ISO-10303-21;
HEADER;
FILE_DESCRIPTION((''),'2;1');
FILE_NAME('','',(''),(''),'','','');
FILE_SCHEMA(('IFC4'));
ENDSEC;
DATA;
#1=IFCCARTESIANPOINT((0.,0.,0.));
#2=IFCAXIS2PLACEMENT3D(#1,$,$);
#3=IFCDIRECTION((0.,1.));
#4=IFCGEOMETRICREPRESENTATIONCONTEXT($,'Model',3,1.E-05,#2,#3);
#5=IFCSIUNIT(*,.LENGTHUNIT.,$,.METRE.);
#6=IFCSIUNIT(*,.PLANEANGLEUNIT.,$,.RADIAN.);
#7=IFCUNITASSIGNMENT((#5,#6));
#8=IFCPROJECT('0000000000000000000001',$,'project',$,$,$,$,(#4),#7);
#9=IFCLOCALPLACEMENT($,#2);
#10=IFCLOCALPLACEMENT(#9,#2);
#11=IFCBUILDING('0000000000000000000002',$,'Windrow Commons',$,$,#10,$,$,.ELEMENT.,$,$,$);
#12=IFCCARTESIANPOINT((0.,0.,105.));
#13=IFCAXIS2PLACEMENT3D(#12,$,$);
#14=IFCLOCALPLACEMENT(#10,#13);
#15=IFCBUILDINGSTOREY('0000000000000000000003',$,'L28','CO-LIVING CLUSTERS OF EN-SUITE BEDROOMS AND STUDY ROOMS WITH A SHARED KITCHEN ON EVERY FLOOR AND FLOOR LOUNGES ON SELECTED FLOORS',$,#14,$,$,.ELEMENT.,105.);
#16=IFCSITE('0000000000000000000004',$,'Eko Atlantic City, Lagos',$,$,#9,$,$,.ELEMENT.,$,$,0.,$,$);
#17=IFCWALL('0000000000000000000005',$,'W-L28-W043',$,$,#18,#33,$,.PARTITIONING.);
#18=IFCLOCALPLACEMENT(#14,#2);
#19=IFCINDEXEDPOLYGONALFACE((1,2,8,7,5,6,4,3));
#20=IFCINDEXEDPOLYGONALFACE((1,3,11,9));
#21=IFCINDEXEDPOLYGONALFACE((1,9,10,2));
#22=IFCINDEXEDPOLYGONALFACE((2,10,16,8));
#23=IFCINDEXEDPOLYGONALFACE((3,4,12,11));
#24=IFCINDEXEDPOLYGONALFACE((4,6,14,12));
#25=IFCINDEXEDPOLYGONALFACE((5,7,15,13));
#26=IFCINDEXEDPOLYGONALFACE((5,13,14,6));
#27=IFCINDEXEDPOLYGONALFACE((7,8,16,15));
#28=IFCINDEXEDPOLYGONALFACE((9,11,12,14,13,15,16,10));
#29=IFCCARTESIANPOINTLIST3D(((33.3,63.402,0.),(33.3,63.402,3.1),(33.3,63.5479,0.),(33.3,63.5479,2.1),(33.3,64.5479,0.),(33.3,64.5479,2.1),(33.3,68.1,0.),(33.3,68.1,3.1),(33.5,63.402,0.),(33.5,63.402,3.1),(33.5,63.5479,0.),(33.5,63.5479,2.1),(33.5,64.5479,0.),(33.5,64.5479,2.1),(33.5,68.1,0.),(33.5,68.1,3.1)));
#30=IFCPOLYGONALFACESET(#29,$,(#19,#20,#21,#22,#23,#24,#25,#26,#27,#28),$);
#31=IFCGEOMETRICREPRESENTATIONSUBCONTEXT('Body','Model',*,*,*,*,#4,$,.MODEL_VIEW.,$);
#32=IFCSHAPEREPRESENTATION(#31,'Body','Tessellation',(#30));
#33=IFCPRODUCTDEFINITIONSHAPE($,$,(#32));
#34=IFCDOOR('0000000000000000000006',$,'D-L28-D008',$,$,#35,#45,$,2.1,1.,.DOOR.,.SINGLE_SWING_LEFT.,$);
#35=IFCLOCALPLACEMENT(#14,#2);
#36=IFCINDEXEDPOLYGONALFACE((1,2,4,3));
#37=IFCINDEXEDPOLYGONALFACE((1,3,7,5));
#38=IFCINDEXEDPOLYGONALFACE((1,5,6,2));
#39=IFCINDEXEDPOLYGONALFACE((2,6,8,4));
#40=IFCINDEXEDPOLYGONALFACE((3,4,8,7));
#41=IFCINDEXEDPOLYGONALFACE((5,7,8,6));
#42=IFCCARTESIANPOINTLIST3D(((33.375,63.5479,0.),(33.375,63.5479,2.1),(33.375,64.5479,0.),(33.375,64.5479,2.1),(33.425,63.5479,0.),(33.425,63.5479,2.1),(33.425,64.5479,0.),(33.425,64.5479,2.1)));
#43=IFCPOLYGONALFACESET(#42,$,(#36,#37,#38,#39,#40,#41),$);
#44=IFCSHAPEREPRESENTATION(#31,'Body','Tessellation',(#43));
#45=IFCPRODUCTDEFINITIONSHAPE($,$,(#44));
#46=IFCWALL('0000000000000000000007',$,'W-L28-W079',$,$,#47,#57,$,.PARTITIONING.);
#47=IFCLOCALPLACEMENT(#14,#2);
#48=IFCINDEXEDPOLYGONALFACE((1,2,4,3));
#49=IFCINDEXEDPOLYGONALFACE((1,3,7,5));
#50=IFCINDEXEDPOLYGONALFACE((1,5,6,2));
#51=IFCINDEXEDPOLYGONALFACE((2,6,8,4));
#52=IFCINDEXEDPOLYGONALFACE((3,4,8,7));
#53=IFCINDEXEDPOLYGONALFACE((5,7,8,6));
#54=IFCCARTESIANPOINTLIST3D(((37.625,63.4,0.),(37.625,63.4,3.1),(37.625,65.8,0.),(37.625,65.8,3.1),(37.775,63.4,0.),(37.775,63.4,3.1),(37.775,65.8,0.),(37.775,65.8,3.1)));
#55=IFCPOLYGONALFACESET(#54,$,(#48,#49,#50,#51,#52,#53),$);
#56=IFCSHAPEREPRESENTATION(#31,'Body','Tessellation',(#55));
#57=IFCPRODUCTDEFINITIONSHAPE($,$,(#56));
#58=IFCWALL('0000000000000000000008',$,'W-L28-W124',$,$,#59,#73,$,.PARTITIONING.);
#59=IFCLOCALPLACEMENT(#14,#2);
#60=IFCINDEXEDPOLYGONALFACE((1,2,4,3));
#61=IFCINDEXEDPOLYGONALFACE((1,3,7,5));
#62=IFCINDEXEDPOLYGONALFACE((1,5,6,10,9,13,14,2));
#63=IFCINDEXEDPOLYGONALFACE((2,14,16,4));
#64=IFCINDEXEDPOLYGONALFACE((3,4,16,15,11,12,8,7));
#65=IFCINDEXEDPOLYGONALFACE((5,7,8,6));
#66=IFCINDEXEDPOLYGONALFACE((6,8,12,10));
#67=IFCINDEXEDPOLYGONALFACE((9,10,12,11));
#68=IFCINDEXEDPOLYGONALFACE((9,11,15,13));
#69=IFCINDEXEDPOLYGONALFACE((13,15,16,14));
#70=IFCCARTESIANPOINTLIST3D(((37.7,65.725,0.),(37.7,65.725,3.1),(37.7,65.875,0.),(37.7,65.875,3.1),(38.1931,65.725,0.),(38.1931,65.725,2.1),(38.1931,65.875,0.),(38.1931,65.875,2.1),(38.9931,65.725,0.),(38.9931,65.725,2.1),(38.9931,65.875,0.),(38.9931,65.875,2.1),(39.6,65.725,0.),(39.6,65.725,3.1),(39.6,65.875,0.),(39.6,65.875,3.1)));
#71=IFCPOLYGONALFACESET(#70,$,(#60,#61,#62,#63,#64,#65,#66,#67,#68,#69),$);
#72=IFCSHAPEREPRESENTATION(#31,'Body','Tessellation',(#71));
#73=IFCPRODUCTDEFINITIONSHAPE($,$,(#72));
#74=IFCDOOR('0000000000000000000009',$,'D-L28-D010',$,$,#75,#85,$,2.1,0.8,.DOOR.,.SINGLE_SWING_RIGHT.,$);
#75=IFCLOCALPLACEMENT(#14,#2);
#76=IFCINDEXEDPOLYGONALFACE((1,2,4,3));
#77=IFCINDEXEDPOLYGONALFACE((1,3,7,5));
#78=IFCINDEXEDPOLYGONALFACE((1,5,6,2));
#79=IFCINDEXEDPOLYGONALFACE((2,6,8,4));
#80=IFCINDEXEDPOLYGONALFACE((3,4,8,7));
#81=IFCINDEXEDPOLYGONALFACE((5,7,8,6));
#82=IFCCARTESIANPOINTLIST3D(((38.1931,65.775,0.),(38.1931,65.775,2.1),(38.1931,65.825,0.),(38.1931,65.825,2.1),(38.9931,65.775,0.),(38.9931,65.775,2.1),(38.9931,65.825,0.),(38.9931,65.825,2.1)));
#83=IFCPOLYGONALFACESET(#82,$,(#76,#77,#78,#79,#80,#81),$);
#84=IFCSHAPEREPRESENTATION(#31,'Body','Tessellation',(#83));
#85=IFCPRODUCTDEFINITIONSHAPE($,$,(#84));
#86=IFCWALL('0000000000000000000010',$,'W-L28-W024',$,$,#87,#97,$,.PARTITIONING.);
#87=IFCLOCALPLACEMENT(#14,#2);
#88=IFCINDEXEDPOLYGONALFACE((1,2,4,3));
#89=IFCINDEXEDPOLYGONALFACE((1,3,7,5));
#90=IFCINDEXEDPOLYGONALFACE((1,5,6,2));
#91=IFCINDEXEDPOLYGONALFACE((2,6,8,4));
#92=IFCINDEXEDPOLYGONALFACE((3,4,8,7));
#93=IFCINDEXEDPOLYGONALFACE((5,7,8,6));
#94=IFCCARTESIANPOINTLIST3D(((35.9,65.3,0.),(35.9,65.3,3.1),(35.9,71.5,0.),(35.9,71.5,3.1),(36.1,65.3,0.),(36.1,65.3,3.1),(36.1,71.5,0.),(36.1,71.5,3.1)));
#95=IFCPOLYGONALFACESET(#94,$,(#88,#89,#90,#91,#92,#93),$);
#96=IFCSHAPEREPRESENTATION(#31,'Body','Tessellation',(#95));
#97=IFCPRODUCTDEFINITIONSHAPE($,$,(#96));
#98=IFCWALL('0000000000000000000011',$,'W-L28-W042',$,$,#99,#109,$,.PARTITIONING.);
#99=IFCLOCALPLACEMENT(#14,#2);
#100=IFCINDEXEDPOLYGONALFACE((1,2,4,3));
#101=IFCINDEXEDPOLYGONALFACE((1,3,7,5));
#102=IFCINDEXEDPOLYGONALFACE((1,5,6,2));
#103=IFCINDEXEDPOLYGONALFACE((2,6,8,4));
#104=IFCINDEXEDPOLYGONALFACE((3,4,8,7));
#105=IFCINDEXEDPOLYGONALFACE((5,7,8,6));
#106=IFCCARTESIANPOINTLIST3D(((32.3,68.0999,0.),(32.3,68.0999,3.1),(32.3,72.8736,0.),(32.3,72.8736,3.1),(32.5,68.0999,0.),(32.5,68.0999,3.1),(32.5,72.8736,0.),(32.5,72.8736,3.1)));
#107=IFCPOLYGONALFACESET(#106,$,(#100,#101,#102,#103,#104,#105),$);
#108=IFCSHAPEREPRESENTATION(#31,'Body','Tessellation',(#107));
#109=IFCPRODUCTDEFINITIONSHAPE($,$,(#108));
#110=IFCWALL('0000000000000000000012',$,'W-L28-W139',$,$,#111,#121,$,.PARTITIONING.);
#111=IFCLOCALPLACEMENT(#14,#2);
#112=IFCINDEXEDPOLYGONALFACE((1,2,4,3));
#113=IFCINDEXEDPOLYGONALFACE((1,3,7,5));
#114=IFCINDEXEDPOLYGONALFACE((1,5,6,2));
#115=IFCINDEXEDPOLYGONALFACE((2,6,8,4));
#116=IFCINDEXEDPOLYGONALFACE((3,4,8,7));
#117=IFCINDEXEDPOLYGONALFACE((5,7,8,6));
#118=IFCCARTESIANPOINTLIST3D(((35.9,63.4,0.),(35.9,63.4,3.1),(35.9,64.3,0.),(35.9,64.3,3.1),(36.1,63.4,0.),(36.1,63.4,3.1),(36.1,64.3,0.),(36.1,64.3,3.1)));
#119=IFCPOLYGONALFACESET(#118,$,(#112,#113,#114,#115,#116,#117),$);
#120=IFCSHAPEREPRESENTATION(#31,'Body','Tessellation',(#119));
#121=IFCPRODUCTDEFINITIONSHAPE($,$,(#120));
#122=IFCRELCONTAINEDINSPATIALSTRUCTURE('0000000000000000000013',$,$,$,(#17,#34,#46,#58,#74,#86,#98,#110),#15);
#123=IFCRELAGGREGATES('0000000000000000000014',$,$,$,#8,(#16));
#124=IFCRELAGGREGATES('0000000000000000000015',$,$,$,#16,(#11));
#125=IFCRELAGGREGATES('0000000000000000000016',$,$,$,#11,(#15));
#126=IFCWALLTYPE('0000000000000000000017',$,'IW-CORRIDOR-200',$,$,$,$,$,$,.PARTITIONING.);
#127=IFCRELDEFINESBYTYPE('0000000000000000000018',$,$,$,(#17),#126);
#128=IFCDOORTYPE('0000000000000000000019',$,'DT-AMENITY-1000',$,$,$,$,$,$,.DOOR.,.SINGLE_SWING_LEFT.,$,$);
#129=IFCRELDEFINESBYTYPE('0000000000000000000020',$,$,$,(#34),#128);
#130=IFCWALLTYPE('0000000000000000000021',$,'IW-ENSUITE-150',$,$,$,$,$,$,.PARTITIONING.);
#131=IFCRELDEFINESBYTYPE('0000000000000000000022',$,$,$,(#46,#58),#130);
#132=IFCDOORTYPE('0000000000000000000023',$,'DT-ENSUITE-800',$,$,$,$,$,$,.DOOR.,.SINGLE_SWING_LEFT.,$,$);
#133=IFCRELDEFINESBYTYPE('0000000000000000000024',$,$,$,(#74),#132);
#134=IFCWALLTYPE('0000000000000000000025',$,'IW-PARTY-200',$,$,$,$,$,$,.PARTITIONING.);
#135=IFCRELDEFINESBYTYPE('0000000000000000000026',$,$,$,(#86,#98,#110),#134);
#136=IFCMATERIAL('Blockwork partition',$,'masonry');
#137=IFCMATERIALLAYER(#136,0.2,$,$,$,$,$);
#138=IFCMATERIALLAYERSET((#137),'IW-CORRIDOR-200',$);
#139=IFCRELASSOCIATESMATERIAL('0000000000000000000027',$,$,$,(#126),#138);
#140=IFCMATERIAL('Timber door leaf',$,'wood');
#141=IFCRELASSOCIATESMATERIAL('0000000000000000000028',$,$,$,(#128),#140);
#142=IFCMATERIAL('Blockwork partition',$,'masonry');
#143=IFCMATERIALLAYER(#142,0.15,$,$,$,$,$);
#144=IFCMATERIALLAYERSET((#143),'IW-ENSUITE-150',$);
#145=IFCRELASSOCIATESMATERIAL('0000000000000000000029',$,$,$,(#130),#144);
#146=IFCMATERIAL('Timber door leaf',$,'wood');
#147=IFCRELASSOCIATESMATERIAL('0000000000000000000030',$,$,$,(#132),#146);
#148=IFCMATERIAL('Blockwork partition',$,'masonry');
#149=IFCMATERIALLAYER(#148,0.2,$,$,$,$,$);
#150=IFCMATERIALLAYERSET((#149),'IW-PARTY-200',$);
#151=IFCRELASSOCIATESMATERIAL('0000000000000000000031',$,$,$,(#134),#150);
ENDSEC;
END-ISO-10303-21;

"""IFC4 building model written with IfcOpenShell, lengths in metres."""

from ifc_helpers import new_model, si_unit, direction, frame, frame_2d, origin, place, context, subcontext, project, spatial, rectangle, extrude, material, layer, layer_set, type_object, element, fill, save


model = new_model("IFC4")

# Units and contexts
model_context = context("Model", 3, precision=1e-05, world=origin(), true_north=direction((0.0, 1.0)))
body_context = subcontext(model_context, "Body", "Model", "MODEL_VIEW")
ifc_project = project(units=[si_unit("LENGTHUNIT", "METRE"), si_unit("PLANEANGLEUNIT", "RADIAN")], contexts=[model_context])

# Site, building, storey
site_placement = place(None, origin())
site = spatial("IfcSite", under=ifc_project, at=site_placement, Name="Eko Atlantic City, Lagos", CompositionType="ELEMENT", RefElevation=0.0)
building_placement = place(site_placement, origin())
building = spatial("IfcBuilding", under=site, at=building_placement, Name="Windrow Commons", CompositionType="ELEMENT")
storey_placement = place(building_placement, frame((0.0, 0.0, 105.0)))
storey = spatial("IfcBuildingStorey", under=building, at=storey_placement, Name="L28", Description="CO-LIVING CLUSTERS OF EN-SUITE BEDROOMS AND STUDY ROOMS WITH A SHARED KITCHEN ON EVERY FLOOR AND FLOOR LOUNGES ON SELECTED FLOORS", CompositionType="ELEMENT", Elevation=105.0)

# Shared definitions
ifc_material_1 = material(Name="Blockwork partition", Category="masonry")
ifc_layer_1 = layer(ifc_material_1, 0.2)
ifc_layer_set_1 = layer_set([ifc_layer_1], Name="IW-CORRIDOR-200")
wall_type_1 = type_object("IfcWallType", Name="IW-CORRIDOR-200", PredefinedType="PARTITIONING", material=ifc_layer_set_1)
ifc_material_2 = material(Name="Timber door leaf", Category="wood")
door_type_1 = type_object("IfcDoorType", Name="DT-AMENITY-1000", OperationType="SINGLE_SWING_LEFT", PredefinedType="DOOR", material=ifc_material_2)

# Wall, opening, door
wall_1_placement = place(storey_placement, frame((33.4, 63.402, 0.0), z_axis=(0.0, 0.0, 1.0), x_axis=(0.0, 1.0, 0.0)))
wall_1 = element("IfcWall", 1, at=wall_1_placement, inside=storey, type_object=wall_type_1, Name="W-L28-W043", PredefinedType="PARTITIONING", context=body_context, shape_type="SweptSolid", body=[
    extrude(rectangle(XDim=4.698, YDim=0.2, at=frame_2d((2.349, 0.0))), origin(), (0.0, 0.0, 1.0), 3.1),
])
opening_1_placement = place(wall_1_placement, frame((0.1459, 0.0, 0.0)))
opening_1 = element("IfcOpeningElement", 2, at=opening_1_placement, cuts=wall_1, PredefinedType="OPENING", context=body_context, shape_type="SweptSolid", body=[
    extrude(rectangle(XDim=1.0, YDim=2.1, at=frame_2d((0.5, 1.05))), frame((0.0, 0.11, 0.0), z_axis=(0.0, -1.0, 0.0), x_axis=(1.0, 0.0, 0.0)), (0.0, 0.0, 1.0), 0.22),
])
door_1_placement = place(opening_1_placement, origin())
door_1 = element("IfcDoor", 3, at=door_1_placement, inside=storey, type_object=door_type_1, Name="D-L28-D008", OperationType="SINGLE_SWING_LEFT", OverallHeight=2.1, OverallWidth=1.0, PredefinedType="DOOR", context=body_context, shape_type="SweptSolid", body=[
    extrude(rectangle(XDim=1.0, YDim=2.1, at=frame_2d((0.5, 1.05))), frame((0.0, 0.025, 0.0), z_axis=(0.0, -1.0, 0.0), x_axis=(1.0, 0.0, 0.0)), (0.0, 0.0, 1.0), 0.05),
])
fill(opening_1, door_1)

# Wall
ifc_material_3 = material(Name="Blockwork partition", Category="masonry")
ifc_layer_2 = layer(ifc_material_3, 0.15)
ifc_layer_set_2 = layer_set([ifc_layer_2], Name="IW-ENSUITE-150")
wall_type_2 = type_object("IfcWallType", Name="IW-ENSUITE-150", PredefinedType="PARTITIONING", material=ifc_layer_set_2)
wall_2_placement = place(storey_placement, frame((37.7, 63.4, 0.0), z_axis=(0.0, 0.0, 1.0), x_axis=(0.0, 1.0, 0.0)))
element("IfcWall", 4, at=wall_2_placement, inside=storey, type_object=wall_type_2, Name="W-L28-W079", PredefinedType="PARTITIONING", context=body_context, shape_type="SweptSolid", body=[
    extrude(rectangle(XDim=2.4, YDim=0.15, at=frame_2d((1.2, 0.0))), origin(), (0.0, 0.0, 1.0), 3.1),
])

# Wall, opening, door
wall_3_placement = place(storey_placement, frame((37.7, 65.8, 0.0), z_axis=(0.0, 0.0, 1.0), x_axis=(1.0, 0.0, 0.0)))
wall_3 = element("IfcWall", 5, at=wall_3_placement, inside=storey, type_object=wall_type_2, Name="W-L28-W124", PredefinedType="PARTITIONING", context=body_context, shape_type="SweptSolid", body=[
    extrude(rectangle(XDim=1.9, YDim=0.15, at=frame_2d((0.95, 0.0))), origin(), (0.0, 0.0, 1.0), 3.1),
])
opening_2_placement = place(wall_3_placement, frame((0.4931, 0.0, 0.0)))
opening_2 = element("IfcOpeningElement", 6, at=opening_2_placement, cuts=wall_3, PredefinedType="OPENING", context=body_context, shape_type="SweptSolid", body=[
    extrude(rectangle(XDim=0.8, YDim=2.1, at=frame_2d((0.4, 1.05))), frame((0.0, 0.085, 0.0), z_axis=(0.0, -1.0, 0.0), x_axis=(1.0, 0.0, 0.0)), (0.0, 0.0, 1.0), 0.17),
])
ifc_material_4 = material(Name="Timber door leaf", Category="wood")
door_type_2 = type_object("IfcDoorType", Name="DT-ENSUITE-800", OperationType="SINGLE_SWING_LEFT", PredefinedType="DOOR", material=ifc_material_4)
door_2_placement = place(opening_2_placement, origin())
door_2 = element("IfcDoor", 7, at=door_2_placement, inside=storey, type_object=door_type_2, Name="D-L28-D010", OperationType="SINGLE_SWING_RIGHT", OverallHeight=2.1, OverallWidth=0.8, PredefinedType="DOOR", context=body_context, shape_type="SweptSolid", body=[
    extrude(rectangle(XDim=0.8, YDim=2.1, at=frame_2d((0.4, 1.05))), frame((0.0, 0.025, 0.0), z_axis=(0.0, -1.0, 0.0), x_axis=(1.0, 0.0, 0.0)), (0.0, 0.0, 1.0), 0.05),
])
fill(opening_2, door_2)

# Walls
ifc_material_5 = material(Name="Blockwork partition", Category="masonry")
ifc_layer_3 = layer(ifc_material_5, 0.2)
ifc_layer_set_3 = layer_set([ifc_layer_3], Name="IW-PARTY-200")
wall_type_3 = type_object("IfcWallType", Name="IW-PARTY-200", PredefinedType="PARTITIONING", material=ifc_layer_set_3)
wall_4_placement = place(storey_placement, frame((36.0, 65.3, 0.0), z_axis=(0.0, 0.0, 1.0), x_axis=(0.0, 1.0, 0.0)))
element("IfcWall", 8, at=wall_4_placement, inside=storey, type_object=wall_type_3, Name="W-L28-W024", PredefinedType="PARTITIONING", context=body_context, shape_type="SweptSolid", body=[
    extrude(rectangle(XDim=6.2, YDim=0.2, at=frame_2d((3.1, 0.0))), origin(), (0.0, 0.0, 1.0), 3.1),
])
wall_5_placement = place(storey_placement, frame((32.4, 68.1, 0.0), z_axis=(0.0, 0.0, 1.0), x_axis=(0.0, 1.0, 0.0)))
element("IfcWall", 9, at=wall_5_placement, inside=storey, type_object=wall_type_3, Name="W-L28-W042", PredefinedType="PARTITIONING", context=body_context, shape_type="SweptSolid", body=[
    extrude(rectangle(XDim=4.7737, YDim=0.2, at=frame_2d((2.3868, 0.0))), origin(), (0.0, 0.0, 1.0), 3.1),
])
wall_6_placement = place(storey_placement, frame((36.0, 63.4, 0.0), z_axis=(0.0, 0.0, 1.0), x_axis=(0.0, 1.0, 0.0)))
element("IfcWall", 10, at=wall_6_placement, inside=storey, type_object=wall_type_3, Name="W-L28-W139", PredefinedType="PARTITIONING", context=body_context, shape_type="SweptSolid", body=[
    extrude(rectangle(XDim=0.9, YDim=0.2, at=frame_2d((0.45, 0.0))), origin(), (0.0, 0.0, 1.0), 3.1),
])

save(model, "model.ifc")
